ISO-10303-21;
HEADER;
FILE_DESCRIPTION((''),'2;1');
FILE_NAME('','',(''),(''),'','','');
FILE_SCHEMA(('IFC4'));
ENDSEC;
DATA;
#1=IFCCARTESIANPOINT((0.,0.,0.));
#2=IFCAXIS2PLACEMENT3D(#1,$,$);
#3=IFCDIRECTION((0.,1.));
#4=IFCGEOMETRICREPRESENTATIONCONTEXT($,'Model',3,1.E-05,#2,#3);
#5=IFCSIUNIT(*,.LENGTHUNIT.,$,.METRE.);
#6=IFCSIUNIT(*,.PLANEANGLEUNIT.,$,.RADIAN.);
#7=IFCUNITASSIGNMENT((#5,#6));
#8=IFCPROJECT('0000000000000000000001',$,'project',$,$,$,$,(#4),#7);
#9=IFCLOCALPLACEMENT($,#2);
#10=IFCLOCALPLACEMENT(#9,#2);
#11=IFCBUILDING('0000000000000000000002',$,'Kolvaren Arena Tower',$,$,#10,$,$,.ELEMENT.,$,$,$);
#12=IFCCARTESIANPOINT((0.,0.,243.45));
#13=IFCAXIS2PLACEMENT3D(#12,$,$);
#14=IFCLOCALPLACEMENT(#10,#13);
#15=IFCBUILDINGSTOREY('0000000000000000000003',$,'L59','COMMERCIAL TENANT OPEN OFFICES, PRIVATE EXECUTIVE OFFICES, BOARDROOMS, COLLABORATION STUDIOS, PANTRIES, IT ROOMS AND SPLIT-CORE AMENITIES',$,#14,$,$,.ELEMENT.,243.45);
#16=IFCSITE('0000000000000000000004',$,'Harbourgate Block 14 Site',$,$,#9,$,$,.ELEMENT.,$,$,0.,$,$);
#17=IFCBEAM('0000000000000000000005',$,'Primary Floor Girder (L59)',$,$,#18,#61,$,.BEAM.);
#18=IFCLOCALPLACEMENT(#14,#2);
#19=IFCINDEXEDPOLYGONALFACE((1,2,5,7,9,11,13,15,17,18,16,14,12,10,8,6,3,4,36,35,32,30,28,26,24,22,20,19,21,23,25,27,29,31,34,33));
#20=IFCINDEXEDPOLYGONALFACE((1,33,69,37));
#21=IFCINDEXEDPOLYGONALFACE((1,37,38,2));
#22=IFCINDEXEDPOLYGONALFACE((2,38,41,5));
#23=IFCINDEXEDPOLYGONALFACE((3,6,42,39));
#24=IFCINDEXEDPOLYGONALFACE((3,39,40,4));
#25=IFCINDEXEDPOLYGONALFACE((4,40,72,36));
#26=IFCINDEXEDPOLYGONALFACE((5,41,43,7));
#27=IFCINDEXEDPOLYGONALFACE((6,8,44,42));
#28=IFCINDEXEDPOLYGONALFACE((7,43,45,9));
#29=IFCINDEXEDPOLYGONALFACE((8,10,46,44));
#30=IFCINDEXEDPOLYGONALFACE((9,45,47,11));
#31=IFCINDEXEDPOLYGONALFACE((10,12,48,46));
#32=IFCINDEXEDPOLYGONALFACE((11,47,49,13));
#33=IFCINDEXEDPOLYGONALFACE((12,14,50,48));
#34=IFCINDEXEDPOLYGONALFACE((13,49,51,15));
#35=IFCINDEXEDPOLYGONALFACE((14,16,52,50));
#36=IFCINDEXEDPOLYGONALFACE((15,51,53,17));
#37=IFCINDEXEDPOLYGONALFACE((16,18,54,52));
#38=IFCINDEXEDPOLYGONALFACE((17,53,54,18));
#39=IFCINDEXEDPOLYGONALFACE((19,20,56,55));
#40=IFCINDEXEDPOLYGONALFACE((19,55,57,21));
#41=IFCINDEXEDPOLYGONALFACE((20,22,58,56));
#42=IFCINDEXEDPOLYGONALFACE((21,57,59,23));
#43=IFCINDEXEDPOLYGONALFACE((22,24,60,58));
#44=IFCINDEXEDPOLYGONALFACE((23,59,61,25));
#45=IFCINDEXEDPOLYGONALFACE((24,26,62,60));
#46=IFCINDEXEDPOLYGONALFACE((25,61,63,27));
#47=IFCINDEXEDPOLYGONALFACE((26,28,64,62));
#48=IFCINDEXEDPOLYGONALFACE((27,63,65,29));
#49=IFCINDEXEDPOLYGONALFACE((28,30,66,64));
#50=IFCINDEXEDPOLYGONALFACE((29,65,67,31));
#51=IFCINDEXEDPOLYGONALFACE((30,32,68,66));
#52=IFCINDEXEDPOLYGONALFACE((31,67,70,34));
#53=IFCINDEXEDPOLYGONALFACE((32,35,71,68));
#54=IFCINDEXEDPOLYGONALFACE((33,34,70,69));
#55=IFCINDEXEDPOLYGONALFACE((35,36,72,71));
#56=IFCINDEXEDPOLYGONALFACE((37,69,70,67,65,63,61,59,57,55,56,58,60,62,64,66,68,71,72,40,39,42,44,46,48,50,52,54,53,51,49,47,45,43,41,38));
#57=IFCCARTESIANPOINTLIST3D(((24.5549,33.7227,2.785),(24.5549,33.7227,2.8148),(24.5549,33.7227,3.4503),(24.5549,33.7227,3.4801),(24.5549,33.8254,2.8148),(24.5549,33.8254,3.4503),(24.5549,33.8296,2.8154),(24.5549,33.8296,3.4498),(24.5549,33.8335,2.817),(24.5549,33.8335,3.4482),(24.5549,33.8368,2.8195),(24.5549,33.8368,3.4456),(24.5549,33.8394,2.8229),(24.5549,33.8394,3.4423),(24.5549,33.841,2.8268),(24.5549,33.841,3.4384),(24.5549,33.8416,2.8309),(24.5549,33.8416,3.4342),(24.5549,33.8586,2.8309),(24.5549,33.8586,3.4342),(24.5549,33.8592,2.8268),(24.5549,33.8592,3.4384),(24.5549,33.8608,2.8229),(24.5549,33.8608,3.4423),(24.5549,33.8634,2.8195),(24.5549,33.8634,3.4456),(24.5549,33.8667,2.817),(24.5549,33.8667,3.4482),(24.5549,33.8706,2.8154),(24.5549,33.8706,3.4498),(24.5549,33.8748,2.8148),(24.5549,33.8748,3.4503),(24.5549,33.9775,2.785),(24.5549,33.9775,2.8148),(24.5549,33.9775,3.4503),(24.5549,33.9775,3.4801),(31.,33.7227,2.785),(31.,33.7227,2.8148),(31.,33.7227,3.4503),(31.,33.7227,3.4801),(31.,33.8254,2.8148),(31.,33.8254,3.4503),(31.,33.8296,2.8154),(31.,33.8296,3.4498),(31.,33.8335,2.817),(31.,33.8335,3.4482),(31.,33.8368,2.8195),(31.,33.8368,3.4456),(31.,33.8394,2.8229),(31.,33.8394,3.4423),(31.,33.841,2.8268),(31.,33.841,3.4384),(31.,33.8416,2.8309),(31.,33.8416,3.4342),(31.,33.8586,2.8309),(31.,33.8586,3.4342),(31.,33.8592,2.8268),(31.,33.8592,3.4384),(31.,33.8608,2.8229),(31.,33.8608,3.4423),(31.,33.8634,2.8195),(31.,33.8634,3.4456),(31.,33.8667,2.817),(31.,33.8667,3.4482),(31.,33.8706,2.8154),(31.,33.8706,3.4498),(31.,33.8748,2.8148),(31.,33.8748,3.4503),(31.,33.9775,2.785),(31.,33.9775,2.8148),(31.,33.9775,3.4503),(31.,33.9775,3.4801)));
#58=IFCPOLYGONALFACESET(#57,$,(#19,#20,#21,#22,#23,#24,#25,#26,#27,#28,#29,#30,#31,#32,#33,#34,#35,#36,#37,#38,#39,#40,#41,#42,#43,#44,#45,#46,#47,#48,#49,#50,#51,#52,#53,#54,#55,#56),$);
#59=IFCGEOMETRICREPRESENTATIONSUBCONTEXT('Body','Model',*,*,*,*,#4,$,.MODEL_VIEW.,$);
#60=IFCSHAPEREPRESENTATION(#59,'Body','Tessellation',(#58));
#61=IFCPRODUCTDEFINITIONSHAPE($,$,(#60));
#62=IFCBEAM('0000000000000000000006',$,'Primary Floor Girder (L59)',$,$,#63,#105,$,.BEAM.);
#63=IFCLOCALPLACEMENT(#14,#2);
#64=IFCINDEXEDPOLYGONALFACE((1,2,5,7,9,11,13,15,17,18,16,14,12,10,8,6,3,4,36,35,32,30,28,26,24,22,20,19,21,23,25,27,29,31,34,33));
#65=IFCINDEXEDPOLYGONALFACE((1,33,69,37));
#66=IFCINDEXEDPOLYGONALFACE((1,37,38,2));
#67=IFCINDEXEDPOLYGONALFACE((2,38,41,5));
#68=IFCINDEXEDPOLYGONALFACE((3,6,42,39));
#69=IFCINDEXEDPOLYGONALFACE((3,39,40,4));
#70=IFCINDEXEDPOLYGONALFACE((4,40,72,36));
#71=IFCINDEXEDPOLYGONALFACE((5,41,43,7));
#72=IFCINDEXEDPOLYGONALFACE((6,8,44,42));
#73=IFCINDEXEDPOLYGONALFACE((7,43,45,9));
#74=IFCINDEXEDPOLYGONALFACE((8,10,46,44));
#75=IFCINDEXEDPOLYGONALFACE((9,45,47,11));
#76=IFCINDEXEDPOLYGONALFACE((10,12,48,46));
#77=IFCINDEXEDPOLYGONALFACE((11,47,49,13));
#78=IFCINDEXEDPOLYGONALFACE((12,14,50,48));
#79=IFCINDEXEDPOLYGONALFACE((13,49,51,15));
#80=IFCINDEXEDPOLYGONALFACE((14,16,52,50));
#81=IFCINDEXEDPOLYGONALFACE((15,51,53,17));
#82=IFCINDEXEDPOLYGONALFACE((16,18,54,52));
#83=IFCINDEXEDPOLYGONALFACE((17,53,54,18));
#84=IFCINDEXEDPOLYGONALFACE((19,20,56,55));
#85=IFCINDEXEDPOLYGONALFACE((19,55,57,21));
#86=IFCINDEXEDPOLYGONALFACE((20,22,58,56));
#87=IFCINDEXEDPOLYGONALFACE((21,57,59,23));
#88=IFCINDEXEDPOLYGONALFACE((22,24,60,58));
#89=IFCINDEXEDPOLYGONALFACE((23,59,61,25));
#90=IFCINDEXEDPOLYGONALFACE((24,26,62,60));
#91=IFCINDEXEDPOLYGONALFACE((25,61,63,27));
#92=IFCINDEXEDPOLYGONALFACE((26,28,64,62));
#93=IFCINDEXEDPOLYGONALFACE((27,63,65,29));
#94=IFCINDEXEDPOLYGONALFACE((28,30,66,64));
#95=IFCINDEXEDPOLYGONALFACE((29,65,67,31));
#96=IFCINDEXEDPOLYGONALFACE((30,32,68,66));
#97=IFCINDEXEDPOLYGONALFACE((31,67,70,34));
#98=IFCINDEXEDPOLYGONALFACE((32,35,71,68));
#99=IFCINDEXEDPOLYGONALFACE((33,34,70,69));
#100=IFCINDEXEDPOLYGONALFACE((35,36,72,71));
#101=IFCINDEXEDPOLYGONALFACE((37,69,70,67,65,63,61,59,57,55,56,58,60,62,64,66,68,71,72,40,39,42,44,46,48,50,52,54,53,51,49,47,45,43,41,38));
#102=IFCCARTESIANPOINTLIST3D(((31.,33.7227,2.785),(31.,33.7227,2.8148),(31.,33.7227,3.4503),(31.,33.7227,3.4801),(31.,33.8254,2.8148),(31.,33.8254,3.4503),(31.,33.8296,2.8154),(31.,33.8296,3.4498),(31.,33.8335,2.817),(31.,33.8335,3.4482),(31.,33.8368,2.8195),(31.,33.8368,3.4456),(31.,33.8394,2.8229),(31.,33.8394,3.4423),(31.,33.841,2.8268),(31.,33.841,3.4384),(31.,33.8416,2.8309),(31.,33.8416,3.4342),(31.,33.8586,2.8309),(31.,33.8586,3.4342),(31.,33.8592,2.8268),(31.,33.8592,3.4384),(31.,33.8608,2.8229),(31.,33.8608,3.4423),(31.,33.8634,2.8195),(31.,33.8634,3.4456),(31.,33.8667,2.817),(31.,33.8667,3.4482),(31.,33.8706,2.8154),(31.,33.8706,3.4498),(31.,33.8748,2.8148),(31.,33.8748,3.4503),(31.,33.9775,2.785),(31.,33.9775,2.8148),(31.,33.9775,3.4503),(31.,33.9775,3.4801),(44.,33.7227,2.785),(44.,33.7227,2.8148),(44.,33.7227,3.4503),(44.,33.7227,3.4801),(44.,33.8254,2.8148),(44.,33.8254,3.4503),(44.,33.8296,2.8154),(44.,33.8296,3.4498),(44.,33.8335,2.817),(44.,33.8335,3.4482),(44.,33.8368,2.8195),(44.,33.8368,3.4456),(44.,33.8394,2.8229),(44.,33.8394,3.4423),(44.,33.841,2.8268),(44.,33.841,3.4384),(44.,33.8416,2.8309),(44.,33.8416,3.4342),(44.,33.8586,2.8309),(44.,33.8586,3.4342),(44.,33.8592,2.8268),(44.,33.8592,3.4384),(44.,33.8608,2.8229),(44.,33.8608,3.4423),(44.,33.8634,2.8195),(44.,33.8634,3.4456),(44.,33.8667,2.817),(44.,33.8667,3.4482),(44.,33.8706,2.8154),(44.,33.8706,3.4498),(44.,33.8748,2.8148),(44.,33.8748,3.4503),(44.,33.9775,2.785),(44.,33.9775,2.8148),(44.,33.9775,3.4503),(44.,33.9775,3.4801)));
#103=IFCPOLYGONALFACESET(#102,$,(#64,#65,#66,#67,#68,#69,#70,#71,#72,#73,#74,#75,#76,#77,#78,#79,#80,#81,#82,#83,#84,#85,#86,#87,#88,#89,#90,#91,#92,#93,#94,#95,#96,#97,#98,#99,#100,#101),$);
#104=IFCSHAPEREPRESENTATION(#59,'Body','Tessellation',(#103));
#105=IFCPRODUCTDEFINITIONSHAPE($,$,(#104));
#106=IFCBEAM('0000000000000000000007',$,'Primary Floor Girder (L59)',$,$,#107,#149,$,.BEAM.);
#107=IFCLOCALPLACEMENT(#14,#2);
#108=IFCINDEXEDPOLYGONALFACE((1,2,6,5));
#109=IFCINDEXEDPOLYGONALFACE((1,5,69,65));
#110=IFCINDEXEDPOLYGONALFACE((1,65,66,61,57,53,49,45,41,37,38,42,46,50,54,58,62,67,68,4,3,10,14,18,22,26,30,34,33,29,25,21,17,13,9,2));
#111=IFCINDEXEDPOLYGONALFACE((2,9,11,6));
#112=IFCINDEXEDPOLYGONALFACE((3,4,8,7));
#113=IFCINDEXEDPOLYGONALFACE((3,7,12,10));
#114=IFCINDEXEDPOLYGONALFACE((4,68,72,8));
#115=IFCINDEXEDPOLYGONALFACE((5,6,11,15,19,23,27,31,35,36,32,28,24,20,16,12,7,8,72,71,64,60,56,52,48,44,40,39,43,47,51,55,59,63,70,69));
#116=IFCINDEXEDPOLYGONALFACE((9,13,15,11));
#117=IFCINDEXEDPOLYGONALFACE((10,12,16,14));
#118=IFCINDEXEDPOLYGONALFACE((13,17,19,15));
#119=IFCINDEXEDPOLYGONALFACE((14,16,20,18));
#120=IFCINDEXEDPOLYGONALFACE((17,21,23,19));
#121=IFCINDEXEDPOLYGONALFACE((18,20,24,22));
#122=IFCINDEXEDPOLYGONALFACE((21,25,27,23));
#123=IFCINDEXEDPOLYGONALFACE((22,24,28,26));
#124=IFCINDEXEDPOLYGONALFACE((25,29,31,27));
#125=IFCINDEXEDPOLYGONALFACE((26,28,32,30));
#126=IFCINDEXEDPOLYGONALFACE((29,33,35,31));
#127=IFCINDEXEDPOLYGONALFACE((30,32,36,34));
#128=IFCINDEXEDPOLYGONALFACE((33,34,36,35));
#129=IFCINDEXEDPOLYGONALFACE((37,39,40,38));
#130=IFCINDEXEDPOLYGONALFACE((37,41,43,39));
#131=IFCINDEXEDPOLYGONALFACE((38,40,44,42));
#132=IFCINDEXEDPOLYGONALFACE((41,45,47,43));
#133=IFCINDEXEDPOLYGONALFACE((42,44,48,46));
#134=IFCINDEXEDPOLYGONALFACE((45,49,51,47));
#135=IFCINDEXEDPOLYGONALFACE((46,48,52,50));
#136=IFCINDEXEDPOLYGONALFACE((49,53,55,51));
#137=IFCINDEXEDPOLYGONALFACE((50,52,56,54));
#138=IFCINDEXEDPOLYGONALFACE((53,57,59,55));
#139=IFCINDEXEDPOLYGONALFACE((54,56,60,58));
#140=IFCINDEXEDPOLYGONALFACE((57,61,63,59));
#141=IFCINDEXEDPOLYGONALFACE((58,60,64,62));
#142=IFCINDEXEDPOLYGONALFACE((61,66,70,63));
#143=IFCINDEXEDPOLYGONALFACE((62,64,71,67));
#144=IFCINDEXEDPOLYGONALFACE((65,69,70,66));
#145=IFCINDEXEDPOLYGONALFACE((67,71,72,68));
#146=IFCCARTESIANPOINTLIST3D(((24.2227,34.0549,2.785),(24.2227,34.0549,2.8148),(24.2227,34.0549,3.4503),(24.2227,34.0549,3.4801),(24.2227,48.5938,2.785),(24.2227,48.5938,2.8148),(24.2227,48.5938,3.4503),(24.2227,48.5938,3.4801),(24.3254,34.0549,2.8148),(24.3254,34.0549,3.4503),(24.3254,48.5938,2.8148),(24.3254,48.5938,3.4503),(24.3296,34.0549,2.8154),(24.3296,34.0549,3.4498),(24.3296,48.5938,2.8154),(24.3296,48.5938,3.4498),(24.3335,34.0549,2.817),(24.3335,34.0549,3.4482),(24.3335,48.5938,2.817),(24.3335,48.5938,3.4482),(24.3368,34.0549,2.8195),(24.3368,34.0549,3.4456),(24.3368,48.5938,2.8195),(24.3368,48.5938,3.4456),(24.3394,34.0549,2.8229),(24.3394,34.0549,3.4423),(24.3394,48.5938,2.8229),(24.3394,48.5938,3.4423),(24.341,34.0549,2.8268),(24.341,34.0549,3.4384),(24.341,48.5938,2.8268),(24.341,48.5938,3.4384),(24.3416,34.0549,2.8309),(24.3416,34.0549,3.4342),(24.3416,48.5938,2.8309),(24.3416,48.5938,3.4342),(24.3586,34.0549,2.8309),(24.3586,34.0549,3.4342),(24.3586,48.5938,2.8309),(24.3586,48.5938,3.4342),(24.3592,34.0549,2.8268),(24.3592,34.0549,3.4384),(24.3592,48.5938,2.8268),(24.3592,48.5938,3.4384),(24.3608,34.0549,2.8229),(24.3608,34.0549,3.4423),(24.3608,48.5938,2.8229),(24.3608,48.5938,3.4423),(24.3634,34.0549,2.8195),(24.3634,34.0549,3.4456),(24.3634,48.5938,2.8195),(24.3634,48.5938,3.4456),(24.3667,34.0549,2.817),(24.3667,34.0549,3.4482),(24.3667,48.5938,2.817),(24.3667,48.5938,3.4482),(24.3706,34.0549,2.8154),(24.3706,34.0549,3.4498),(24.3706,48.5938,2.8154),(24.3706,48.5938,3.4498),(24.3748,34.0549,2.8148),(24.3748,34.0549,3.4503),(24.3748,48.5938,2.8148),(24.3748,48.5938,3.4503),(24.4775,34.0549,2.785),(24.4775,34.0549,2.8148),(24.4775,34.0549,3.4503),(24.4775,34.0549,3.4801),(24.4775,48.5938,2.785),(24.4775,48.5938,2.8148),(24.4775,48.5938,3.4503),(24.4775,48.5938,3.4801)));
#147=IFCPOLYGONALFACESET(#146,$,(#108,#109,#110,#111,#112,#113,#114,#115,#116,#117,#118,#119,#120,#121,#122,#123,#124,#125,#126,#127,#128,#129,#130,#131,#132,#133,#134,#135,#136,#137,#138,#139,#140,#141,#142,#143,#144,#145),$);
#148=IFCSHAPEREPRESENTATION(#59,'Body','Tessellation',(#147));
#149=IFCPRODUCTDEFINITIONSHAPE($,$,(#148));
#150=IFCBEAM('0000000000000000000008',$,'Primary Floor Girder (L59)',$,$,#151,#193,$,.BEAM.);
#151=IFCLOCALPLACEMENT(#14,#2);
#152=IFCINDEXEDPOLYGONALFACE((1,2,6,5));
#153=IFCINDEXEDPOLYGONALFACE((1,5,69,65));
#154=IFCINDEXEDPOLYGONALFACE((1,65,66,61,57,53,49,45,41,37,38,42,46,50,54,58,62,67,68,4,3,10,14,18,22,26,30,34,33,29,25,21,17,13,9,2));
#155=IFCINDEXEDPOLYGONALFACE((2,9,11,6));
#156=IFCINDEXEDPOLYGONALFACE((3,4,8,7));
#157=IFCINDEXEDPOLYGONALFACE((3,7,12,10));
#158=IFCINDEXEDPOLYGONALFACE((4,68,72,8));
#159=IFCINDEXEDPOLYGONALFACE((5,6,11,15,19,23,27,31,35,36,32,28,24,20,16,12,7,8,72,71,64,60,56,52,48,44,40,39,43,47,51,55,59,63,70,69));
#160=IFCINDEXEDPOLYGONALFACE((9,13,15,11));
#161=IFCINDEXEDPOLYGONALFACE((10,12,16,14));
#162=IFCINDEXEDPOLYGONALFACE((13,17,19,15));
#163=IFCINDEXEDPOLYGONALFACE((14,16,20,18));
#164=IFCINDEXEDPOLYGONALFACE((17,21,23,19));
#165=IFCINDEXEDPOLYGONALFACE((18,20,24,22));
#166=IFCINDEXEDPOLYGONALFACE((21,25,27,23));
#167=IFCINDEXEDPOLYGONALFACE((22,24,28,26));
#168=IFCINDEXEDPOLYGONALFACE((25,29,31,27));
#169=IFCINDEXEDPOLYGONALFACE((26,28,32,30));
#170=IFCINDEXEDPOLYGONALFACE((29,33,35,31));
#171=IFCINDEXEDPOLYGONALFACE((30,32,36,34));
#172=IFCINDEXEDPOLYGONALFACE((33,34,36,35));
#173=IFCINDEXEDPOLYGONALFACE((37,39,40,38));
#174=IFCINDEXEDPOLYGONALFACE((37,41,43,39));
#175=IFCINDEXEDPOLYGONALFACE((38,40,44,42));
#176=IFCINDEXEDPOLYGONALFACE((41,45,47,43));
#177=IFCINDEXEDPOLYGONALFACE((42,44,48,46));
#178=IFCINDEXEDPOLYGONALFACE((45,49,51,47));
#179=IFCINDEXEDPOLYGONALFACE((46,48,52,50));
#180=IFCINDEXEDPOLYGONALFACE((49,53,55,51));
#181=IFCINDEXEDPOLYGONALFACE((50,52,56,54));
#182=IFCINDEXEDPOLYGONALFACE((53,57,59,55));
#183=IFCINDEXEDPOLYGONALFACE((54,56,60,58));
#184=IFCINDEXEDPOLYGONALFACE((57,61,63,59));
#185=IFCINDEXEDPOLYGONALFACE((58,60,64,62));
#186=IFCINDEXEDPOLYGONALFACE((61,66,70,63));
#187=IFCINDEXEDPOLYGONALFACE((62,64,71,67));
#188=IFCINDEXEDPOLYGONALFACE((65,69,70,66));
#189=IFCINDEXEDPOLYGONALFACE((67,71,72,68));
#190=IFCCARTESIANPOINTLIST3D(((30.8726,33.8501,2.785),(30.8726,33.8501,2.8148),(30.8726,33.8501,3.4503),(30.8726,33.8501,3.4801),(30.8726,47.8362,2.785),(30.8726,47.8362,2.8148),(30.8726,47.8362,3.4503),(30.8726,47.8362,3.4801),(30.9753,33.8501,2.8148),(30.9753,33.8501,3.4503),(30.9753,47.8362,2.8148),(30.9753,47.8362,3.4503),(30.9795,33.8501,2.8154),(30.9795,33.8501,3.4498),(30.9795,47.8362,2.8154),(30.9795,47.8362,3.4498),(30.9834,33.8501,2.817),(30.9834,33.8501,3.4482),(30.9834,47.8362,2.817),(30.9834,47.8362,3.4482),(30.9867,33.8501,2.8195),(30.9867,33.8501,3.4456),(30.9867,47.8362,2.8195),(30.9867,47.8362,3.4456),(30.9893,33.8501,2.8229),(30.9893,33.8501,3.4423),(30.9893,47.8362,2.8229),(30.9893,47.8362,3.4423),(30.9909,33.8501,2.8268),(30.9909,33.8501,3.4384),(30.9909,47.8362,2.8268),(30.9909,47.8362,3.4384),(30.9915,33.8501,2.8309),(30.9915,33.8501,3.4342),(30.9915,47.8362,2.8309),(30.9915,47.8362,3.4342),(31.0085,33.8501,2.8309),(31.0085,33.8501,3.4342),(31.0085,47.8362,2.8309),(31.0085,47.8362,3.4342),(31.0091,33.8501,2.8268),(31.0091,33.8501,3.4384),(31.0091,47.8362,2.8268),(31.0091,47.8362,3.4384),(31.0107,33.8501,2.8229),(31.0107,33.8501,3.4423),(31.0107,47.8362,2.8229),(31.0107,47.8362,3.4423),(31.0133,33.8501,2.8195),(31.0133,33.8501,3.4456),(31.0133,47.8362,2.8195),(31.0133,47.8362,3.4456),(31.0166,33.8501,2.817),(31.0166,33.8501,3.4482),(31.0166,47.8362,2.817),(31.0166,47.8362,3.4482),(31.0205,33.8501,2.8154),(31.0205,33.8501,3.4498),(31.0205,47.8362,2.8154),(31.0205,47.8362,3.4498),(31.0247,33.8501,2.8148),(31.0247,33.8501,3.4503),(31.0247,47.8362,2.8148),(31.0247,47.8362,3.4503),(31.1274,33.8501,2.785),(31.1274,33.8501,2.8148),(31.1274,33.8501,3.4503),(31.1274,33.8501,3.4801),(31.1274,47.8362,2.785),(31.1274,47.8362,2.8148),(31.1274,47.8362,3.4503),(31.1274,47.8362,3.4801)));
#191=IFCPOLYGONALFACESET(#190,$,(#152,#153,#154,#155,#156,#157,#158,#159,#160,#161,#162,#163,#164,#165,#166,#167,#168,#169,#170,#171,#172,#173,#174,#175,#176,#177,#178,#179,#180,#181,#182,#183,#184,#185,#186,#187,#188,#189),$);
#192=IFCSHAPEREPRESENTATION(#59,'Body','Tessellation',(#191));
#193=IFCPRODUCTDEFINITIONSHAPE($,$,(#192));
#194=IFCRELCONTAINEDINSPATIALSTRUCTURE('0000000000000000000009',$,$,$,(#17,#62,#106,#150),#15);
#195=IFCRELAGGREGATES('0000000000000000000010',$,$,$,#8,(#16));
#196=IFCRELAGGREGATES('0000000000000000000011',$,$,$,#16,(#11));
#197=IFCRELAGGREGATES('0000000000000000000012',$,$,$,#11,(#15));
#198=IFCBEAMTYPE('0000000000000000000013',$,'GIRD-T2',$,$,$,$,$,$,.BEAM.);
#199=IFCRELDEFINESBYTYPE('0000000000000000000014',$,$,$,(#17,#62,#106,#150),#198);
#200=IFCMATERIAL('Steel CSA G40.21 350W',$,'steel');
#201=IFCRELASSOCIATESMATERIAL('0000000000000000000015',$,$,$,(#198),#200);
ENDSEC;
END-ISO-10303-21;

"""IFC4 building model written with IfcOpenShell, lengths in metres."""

from ifc_helpers import new_model, si_unit, direction, frame, origin, origin_2d, place, context, subcontext, project, spatial, i_section, extrude, material, material_profile, profile_set, type_object, element, save


model = new_model("IFC4")

# Units and contexts
model_context = context("Model", 3, precision=1e-05, world=origin(), true_north=direction((0.0, 1.0)))
body_context = subcontext(model_context, "Body", "Model", "MODEL_VIEW")
ifc_project = project(units=[si_unit("LENGTHUNIT", "METRE"), si_unit("PLANEANGLEUNIT", "RADIAN")], contexts=[model_context])

# Site, building, storey
site_placement = place(None, origin())
site = spatial("IfcSite", under=ifc_project, at=site_placement, Name="Harbourgate Block 14 Site", CompositionType="ELEMENT", RefElevation=0.0)
building_placement = place(site_placement, origin())
building = spatial("IfcBuilding", under=site, at=building_placement, Name="Kolvaren Arena Tower", CompositionType="ELEMENT")
storey_placement = place(building_placement, frame((0.0, 0.0, 243.45)))
storey = spatial("IfcBuildingStorey", under=building, at=storey_placement, Name="L59", Description="COMMERCIAL TENANT OPEN OFFICES, PRIVATE EXECUTIVE OFFICES, BOARDROOMS, COLLABORATION STUDIOS, PANTRIES, IT ROOMS AND SPLIT-CORE AMENITIES", CompositionType="ELEMENT", Elevation=243.45)

# Beams
ifc_material_1 = material(Name="Steel CSA G40.21 350W", Category="steel")
ifc_material_profile_1 = material_profile(ifc_material_1, i_section(OverallWidth=0.2549, OverallDepth=0.6951, WebThickness=0.0171, FlangeThickness=0.0298, FilletRadius=0.0161, at=origin_2d()), Name="W690x217")
ifc_profile_set_1 = profile_set([ifc_material_profile_1], Name="Steel CSA G40.21 350W")
beam_type_1 = type_object("IfcBeamType", Name="GIRD-T2", PredefinedType="BEAM", material=ifc_profile_set_1)
beam_1_placement = place(storey_placement, frame((24.5549, 33.8501, 3.1326), z_axis=(1.0, 0.0, 0.0), x_axis=(0.0, 1.0, 0.0)))
element("IfcBeam", 1, at=beam_1_placement, inside=storey, type_object=beam_type_1, Name="Primary Floor Girder (L59)", PredefinedType="BEAM", context=body_context, shape_type="SweptSolid", body=[
    extrude(i_section(OverallWidth=0.2549, OverallDepth=0.6951, WebThickness=0.0171, FlangeThickness=0.0298, FilletRadius=0.0161, at=origin_2d()), origin(), (0.0, 0.0, 1.0), 6.4451),
])
beam_2_placement = place(storey_placement, frame((31.0, 33.8501, 3.1326), z_axis=(1.0, 0.0, 0.0), x_axis=(0.0, 1.0, 0.0)))
element("IfcBeam", 2, at=beam_2_placement, inside=storey, type_object=beam_type_1, Name="Primary Floor Girder (L59)", PredefinedType="BEAM", context=body_context, shape_type="SweptSolid", body=[
    extrude(i_section(OverallWidth=0.2549, OverallDepth=0.6951, WebThickness=0.0171, FlangeThickness=0.0298, FilletRadius=0.0161, at=origin_2d()), origin(), (0.0, 0.0, 1.0), 13.0),
])
beam_3_placement = place(storey_placement, frame((24.3501, 34.0549, 3.1326), z_axis=(0.0, 1.0, 0.0), x_axis=(-1.0, 0.0, 0.0)))
element("IfcBeam", 3, at=beam_3_placement, inside=storey, type_object=beam_type_1, Name="Primary Floor Girder (L59)", PredefinedType="BEAM", context=body_context, shape_type="SweptSolid", body=[
    extrude(i_section(OverallWidth=0.2549, OverallDepth=0.6951, WebThickness=0.0171, FlangeThickness=0.0298, FilletRadius=0.0161, at=origin_2d()), origin(), (0.0, 0.0, 1.0), 14.5388),
])
beam_4_placement = place(storey_placement, frame((31.0, 33.8501, 3.1326), z_axis=(0.0, 1.0, 0.0), x_axis=(-1.0, 0.0, 0.0)))
element("IfcBeam", 4, at=beam_4_placement, inside=storey, type_object=beam_type_1, Name="Primary Floor Girder (L59)", PredefinedType="BEAM", context=body_context, shape_type="SweptSolid", body=[
    extrude(i_section(OverallWidth=0.2549, OverallDepth=0.6951, WebThickness=0.0171, FlangeThickness=0.0298, FilletRadius=0.0161, at=origin_2d()), origin(), (0.0, 0.0, 1.0), 13.9861),
])

save(model, "model.ifc")
